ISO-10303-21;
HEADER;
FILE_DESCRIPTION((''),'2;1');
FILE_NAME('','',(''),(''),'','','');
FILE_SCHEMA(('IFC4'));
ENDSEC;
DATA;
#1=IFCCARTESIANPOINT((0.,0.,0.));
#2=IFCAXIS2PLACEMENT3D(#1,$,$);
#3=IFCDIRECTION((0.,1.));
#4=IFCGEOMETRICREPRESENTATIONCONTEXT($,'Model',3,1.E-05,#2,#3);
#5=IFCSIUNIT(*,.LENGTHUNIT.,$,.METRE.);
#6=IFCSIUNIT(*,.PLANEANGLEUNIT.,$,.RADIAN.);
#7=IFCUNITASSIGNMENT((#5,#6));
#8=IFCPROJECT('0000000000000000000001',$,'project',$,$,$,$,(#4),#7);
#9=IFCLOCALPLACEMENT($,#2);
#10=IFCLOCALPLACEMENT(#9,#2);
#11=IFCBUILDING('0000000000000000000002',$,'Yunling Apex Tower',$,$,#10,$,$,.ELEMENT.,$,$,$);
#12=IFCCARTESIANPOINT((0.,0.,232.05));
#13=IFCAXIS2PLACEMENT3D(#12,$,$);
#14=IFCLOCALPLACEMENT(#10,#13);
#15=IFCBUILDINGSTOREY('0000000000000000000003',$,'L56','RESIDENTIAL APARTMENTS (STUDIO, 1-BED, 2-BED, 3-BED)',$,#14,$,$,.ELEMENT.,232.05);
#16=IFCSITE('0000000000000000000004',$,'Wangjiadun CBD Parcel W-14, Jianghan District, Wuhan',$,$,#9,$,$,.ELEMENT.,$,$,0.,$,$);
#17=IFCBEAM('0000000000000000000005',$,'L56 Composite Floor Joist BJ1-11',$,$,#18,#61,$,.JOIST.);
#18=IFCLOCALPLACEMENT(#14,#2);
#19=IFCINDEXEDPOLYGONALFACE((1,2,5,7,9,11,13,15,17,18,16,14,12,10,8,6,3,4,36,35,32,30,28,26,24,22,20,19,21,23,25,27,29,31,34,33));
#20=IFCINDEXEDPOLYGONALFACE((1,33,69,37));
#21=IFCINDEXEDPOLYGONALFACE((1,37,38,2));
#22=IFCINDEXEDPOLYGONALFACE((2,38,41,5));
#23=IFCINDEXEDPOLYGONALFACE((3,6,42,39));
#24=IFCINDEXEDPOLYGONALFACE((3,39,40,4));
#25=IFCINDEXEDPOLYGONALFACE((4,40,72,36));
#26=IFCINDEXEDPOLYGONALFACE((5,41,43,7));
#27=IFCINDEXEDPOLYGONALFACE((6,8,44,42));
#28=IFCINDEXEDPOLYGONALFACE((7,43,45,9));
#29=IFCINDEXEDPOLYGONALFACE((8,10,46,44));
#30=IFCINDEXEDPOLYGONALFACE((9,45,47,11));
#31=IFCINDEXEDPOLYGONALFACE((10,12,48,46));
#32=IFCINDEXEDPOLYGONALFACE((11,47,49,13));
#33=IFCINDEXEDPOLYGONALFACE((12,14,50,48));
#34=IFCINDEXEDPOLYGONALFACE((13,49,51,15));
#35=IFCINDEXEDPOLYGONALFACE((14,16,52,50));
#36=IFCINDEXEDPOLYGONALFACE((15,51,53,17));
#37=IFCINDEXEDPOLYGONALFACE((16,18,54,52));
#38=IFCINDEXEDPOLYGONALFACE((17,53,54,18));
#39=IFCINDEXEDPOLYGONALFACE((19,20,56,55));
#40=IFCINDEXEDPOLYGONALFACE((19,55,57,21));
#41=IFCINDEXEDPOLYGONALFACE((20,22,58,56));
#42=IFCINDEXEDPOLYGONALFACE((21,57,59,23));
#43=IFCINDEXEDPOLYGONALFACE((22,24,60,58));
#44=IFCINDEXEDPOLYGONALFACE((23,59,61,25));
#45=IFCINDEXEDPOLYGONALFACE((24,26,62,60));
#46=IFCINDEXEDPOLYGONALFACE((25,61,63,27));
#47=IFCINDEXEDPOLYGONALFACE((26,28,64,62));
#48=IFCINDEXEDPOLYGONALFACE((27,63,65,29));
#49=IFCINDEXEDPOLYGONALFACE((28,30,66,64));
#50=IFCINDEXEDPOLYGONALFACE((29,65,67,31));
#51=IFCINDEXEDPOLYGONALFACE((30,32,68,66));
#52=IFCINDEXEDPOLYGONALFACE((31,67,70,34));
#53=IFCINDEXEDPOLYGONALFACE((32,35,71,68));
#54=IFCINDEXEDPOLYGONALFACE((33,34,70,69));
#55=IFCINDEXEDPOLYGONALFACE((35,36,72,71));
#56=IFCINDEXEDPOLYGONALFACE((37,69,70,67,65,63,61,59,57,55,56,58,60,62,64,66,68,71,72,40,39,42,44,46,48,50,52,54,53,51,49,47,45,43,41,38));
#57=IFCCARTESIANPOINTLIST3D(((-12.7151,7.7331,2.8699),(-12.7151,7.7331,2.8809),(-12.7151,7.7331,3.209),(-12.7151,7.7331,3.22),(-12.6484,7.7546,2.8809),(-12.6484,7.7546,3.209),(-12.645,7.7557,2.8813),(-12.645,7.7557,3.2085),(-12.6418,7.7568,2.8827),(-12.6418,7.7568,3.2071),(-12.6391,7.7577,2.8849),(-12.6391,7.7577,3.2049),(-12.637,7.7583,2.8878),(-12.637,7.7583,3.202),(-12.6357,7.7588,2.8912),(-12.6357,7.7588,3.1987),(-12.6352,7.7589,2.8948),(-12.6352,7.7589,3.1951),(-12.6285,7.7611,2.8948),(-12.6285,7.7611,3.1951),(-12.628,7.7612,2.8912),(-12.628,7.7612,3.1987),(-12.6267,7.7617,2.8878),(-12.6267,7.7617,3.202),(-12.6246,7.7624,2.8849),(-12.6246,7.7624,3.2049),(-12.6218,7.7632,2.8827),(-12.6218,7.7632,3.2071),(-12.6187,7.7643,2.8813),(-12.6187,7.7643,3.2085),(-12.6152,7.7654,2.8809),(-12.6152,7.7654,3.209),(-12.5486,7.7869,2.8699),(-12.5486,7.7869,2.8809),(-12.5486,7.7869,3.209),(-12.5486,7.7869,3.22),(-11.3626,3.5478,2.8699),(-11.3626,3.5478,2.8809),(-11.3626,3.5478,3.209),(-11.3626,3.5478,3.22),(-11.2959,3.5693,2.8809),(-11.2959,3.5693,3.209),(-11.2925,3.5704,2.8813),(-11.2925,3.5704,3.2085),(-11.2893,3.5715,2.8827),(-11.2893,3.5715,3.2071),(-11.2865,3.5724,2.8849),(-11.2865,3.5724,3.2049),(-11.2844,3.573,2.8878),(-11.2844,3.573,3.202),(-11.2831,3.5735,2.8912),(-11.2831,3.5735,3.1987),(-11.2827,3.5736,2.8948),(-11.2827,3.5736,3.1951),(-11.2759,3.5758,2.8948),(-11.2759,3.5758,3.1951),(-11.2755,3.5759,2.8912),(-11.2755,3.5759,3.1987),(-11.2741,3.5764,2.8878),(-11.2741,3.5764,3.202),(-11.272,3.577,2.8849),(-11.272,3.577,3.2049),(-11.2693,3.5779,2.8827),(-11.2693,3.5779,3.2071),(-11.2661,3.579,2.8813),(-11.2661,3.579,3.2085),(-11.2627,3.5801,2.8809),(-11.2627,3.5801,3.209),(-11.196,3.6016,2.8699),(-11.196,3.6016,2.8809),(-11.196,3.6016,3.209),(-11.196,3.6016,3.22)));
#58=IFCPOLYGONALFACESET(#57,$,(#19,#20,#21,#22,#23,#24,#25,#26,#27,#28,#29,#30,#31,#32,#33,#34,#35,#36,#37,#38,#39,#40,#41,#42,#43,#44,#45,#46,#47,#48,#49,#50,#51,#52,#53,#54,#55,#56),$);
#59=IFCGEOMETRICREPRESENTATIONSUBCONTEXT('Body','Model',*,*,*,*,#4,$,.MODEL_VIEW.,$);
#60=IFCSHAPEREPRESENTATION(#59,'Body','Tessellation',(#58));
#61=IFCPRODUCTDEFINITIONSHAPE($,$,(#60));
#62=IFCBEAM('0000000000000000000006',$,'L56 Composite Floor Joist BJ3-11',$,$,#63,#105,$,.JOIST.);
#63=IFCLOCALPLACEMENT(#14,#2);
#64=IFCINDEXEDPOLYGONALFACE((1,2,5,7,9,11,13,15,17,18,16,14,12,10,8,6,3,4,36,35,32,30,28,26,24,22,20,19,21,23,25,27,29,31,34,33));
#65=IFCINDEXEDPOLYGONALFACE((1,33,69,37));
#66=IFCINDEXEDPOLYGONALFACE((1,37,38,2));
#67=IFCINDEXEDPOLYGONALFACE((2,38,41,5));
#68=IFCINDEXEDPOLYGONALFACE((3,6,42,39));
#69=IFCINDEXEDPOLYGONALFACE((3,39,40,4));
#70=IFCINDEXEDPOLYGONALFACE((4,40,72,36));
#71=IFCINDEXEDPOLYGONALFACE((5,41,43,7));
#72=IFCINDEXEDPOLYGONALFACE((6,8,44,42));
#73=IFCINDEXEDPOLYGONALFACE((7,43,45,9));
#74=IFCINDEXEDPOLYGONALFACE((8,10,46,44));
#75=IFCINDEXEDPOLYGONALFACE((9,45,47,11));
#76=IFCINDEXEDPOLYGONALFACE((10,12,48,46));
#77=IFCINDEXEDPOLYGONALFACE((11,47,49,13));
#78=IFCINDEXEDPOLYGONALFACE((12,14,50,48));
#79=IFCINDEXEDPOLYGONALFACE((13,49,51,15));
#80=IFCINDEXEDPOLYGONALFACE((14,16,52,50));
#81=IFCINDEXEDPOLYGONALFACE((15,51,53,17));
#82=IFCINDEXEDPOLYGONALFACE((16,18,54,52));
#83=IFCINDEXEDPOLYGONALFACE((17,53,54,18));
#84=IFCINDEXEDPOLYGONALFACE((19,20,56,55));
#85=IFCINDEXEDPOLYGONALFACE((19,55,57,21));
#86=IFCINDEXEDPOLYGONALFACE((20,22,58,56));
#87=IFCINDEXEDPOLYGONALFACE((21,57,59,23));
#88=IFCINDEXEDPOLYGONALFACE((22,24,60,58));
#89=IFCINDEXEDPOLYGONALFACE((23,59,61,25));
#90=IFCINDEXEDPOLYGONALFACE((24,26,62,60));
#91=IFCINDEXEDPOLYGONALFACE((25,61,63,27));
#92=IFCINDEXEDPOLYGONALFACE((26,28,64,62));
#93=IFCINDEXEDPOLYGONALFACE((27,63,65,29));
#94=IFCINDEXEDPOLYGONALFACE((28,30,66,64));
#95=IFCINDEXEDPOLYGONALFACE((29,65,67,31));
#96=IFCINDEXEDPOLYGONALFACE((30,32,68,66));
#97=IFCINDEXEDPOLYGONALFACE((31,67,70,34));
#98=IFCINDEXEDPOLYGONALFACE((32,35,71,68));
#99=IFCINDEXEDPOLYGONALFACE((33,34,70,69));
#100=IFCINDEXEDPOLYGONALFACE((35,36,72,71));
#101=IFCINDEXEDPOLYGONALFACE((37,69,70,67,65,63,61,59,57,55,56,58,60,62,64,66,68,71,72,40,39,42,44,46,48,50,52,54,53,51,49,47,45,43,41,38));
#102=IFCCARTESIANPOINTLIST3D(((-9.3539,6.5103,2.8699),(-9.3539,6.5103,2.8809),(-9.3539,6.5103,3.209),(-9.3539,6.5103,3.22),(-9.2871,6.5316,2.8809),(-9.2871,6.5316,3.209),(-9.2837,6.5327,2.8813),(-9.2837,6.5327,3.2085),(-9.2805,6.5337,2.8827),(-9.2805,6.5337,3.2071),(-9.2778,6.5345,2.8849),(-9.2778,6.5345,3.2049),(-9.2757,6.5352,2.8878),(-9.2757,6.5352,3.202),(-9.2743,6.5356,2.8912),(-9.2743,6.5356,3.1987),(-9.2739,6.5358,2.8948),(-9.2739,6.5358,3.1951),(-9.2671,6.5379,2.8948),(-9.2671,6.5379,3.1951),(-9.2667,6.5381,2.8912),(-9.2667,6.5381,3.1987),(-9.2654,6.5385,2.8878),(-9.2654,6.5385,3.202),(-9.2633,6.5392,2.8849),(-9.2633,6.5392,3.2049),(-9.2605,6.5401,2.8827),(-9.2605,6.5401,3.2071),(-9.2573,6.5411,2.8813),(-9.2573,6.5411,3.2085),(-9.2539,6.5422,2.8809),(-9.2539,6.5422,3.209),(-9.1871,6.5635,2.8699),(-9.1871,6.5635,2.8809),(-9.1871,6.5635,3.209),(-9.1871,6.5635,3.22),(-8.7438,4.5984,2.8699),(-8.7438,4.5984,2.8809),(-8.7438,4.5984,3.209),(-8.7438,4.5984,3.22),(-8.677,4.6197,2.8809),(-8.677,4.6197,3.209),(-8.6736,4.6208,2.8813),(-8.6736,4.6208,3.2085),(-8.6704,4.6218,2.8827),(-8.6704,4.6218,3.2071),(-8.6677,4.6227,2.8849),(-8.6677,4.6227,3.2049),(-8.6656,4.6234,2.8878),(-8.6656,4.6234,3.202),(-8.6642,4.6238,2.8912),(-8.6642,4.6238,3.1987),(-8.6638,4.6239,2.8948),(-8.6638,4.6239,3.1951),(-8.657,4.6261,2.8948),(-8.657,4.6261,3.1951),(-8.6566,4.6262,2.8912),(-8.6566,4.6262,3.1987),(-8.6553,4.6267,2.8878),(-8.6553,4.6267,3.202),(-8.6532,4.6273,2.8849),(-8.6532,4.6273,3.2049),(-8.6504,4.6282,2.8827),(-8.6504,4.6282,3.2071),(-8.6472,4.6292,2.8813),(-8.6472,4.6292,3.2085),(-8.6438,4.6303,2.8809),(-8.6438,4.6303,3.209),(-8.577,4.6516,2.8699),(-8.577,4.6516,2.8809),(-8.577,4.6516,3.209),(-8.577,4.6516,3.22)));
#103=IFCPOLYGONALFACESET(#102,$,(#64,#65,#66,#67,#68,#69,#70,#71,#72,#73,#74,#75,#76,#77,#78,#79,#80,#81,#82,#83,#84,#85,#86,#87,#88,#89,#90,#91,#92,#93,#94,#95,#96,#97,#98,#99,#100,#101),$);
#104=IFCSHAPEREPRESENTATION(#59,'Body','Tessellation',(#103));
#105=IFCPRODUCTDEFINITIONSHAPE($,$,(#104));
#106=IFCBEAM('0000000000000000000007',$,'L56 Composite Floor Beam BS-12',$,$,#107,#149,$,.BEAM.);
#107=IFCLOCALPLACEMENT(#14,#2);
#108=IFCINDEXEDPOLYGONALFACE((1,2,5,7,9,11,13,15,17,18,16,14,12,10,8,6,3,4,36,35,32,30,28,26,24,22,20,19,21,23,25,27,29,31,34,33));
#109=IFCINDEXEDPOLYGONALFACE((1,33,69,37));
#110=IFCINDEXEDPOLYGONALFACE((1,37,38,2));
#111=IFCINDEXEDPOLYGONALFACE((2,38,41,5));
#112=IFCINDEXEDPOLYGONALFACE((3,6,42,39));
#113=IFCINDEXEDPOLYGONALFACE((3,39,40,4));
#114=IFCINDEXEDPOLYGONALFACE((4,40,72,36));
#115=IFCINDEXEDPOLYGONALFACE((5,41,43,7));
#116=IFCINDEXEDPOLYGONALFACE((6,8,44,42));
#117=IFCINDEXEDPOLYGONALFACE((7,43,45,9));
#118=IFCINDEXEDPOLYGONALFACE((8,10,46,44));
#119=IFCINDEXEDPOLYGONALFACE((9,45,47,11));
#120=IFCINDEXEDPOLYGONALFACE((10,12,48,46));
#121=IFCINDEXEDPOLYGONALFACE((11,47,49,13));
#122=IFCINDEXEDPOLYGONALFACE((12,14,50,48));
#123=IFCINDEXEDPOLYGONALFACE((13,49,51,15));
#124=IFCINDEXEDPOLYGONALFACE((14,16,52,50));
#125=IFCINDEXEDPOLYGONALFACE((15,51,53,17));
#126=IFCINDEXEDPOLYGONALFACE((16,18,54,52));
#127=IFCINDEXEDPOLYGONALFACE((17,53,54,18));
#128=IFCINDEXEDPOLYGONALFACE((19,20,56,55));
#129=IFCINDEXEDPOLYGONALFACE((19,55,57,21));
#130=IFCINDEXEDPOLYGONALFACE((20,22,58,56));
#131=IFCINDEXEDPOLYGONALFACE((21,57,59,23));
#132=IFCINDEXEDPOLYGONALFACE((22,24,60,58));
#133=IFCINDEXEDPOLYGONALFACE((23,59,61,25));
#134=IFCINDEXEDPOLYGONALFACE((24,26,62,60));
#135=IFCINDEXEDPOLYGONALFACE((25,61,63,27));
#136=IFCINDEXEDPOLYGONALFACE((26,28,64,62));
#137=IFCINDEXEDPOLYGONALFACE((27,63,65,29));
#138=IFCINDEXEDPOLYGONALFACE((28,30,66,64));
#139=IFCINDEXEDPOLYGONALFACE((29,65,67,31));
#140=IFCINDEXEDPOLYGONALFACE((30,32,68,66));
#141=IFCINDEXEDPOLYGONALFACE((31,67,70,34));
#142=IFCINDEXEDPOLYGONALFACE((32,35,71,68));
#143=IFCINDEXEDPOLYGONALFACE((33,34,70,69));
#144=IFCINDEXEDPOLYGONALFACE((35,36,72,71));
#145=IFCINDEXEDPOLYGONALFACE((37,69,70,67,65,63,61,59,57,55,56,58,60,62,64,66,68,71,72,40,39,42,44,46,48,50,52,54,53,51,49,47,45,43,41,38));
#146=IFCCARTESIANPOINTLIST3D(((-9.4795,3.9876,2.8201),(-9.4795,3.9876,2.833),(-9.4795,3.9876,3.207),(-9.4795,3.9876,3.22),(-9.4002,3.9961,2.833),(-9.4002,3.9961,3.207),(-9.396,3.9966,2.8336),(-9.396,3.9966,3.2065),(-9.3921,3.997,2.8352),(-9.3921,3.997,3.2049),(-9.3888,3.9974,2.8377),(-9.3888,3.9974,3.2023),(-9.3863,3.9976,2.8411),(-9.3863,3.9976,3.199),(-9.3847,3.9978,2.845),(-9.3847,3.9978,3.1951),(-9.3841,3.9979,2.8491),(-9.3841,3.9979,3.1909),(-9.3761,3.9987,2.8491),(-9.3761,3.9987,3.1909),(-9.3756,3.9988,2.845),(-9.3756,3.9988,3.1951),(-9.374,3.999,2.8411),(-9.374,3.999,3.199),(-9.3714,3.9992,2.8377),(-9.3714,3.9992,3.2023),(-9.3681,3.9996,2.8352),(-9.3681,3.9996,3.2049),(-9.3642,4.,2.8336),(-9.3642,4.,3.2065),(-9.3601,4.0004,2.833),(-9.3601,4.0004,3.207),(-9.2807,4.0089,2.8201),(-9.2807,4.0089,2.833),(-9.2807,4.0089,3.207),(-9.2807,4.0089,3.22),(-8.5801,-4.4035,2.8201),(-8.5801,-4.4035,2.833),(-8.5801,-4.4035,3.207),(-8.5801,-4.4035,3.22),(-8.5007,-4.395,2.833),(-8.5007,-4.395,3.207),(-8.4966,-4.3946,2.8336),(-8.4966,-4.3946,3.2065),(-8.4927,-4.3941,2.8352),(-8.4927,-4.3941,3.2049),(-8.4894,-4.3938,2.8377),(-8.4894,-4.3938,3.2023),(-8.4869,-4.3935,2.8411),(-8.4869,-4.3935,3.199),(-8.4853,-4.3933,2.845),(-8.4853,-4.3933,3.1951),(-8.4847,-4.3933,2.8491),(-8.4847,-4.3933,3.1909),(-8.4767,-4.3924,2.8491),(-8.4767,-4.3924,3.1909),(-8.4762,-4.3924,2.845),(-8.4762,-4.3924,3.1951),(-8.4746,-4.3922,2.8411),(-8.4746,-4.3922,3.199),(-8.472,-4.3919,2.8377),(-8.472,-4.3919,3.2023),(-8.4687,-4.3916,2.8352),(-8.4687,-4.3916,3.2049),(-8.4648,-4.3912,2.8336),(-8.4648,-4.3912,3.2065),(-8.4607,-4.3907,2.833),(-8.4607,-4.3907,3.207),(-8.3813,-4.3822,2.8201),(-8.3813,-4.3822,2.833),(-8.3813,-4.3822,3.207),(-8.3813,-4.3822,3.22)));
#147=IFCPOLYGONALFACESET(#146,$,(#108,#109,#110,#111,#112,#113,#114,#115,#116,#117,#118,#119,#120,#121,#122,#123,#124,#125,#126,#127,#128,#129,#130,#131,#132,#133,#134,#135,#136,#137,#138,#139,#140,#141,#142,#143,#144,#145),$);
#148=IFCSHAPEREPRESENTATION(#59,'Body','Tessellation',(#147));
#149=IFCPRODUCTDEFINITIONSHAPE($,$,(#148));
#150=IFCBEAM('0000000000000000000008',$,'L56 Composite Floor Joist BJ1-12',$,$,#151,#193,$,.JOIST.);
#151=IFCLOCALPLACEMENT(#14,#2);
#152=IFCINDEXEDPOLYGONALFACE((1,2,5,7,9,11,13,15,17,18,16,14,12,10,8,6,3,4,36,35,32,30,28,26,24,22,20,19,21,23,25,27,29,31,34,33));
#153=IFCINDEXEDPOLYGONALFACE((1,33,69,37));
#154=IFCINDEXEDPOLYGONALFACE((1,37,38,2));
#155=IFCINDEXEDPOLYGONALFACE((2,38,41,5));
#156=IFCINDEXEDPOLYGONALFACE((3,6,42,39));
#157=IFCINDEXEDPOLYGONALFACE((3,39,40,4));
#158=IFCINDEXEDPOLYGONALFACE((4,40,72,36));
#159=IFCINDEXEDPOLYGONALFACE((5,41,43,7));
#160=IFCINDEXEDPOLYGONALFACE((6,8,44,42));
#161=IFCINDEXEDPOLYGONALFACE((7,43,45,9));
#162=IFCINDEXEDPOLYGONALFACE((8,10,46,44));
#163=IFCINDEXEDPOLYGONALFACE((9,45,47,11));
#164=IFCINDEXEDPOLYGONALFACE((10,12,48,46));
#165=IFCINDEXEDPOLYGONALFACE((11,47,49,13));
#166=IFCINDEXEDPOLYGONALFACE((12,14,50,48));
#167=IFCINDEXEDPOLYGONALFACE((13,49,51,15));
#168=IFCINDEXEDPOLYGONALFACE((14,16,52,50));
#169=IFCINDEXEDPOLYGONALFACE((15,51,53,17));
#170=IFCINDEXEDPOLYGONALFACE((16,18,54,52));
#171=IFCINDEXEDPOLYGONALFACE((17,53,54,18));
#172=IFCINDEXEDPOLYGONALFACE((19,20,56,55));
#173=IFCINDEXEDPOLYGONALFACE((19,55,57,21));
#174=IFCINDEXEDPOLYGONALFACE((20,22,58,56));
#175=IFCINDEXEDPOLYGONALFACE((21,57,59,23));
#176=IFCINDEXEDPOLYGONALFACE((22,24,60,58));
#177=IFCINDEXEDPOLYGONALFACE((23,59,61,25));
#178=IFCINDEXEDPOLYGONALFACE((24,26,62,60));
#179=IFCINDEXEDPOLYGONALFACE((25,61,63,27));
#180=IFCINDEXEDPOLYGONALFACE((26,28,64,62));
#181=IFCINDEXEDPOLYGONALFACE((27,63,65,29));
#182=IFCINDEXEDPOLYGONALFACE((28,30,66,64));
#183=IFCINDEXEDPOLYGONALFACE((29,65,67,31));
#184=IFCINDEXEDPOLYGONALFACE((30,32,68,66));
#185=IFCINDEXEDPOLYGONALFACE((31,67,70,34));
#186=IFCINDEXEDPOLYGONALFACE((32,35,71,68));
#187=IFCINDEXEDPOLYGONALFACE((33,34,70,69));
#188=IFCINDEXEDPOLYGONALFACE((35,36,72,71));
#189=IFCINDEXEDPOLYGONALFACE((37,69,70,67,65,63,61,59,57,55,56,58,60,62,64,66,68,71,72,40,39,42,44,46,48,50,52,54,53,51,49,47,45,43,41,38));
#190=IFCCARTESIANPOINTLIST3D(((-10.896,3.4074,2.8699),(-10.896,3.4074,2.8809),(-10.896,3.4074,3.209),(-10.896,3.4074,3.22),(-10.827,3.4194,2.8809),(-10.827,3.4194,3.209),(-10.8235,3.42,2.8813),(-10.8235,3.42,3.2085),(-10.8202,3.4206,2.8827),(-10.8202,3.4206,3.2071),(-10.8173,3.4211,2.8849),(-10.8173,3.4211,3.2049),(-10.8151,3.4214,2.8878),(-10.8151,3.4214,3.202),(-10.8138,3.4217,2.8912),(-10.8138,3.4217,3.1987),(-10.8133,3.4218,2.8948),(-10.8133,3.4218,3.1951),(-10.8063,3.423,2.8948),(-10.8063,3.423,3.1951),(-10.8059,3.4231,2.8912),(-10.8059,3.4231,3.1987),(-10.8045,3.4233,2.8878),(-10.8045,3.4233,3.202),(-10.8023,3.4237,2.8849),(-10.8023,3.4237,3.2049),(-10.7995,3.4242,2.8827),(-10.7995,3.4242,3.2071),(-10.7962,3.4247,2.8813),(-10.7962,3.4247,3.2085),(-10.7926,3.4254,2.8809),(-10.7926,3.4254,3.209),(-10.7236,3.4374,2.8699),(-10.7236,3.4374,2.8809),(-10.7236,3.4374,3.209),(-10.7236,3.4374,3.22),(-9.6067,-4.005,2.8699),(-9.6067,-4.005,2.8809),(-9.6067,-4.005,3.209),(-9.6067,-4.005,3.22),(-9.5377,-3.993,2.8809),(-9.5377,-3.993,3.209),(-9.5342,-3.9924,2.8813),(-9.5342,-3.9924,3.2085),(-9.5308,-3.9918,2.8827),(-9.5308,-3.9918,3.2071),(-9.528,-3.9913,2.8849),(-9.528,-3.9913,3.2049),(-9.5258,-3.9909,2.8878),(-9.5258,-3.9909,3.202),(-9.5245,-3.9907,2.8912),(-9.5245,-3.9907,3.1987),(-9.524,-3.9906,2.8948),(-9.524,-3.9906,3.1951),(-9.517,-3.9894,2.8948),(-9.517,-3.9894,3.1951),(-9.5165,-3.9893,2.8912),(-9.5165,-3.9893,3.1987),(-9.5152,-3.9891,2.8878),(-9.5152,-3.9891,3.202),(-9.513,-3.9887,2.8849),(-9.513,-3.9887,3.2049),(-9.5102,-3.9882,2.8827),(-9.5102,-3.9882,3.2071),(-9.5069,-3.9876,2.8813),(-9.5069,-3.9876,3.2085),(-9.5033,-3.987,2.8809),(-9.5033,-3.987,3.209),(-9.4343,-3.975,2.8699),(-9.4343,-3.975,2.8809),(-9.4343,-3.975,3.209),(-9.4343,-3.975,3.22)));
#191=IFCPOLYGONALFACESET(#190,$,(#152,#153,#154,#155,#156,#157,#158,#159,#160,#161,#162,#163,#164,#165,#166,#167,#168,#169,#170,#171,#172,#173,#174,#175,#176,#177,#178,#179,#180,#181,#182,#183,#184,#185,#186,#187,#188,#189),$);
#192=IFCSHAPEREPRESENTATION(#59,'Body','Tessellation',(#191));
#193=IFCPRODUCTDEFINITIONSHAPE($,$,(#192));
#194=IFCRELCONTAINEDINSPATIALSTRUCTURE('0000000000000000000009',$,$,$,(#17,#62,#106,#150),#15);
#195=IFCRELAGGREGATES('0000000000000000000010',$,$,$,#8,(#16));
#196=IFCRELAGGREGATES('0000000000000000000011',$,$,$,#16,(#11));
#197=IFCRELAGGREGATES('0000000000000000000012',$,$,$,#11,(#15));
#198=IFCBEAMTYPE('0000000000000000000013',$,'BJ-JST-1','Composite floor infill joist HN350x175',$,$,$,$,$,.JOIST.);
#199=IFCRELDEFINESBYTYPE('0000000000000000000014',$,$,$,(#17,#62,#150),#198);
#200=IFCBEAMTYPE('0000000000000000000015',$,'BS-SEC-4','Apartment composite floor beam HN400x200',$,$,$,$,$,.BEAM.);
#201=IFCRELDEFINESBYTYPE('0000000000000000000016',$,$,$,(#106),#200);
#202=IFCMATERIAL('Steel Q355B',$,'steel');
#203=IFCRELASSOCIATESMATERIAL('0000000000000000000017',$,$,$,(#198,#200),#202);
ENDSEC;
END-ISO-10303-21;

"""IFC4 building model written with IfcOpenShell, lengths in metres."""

from ifc_helpers import new_model, si_unit, direction, frame, origin, origin_2d, place, context, subcontext, project, spatial, i_section, extrude, source, transform, mapped, material, material_profile, profile_set, type_object, element, save


model = new_model("IFC4")

# Units and contexts
model_context = context("Model", 3, precision=1e-05, world=origin(), true_north=direction((0.0, 1.0)))
body_context = subcontext(model_context, "Body", "Model", "MODEL_VIEW")
ifc_project = project(units=[si_unit("LENGTHUNIT", "METRE"), si_unit("PLANEANGLEUNIT", "RADIAN")], contexts=[model_context])

# Site, building, storey
site_placement = place(None, origin())
site = spatial("IfcSite", under=ifc_project, at=site_placement, Name="Wangjiadun CBD Parcel W-14, Jianghan District, Wuhan", CompositionType="ELEMENT", RefElevation=0.0)
building_placement = place(site_placement, origin())
building = spatial("IfcBuilding", under=site, at=building_placement, Name="Yunling Apex Tower", CompositionType="ELEMENT")
storey_placement = place(building_placement, frame((0.0, 0.0, 232.05)))
storey = spatial("IfcBuildingStorey", under=building, at=storey_placement, Name="L56", Description="RESIDENTIAL APARTMENTS (STUDIO, 1-BED, 2-BED, 3-BED)", CompositionType="ELEMENT", Elevation=232.05)

# Beams
ifc_material_1 = material(Name="Steel Q355B", Category="steel")
ifc_material_profile_1 = material_profile(ifc_material_1, i_section(OverallWidth=0.175, OverallDepth=0.3501, WebThickness=0.0071, FlangeThickness=0.011, FilletRadius=0.0139, at=origin_2d()))
ifc_profile_set_1 = profile_set([ifc_material_profile_1], Name="Steel Q355B")
beam_type_1 = type_object("IfcBeamType", Name="BJ-JST-1", Description="Composite floor infill joist HN350x175", PredefinedType="JOIST", material=ifc_profile_set_1)
ifc_material_profile_2 = material_profile(ifc_material_1, i_section(OverallWidth=0.2, OverallDepth=0.3999, WebThickness=0.0081, FlangeThickness=0.0129, FilletRadius=0.0161, at=origin_2d()))
ifc_profile_set_2 = profile_set([ifc_material_profile_2], Name="Steel Q355B")
beam_type_2 = type_object("IfcBeamType", Name="BS-SEC-4", Description="Apartment composite floor beam HN400x200", PredefinedType="BEAM", material=ifc_profile_set_2)
shared_shape_1 = source(origin(), body_context, "Body", "SweptSolid", [
    extrude(i_section(OverallWidth=0.175, OverallDepth=0.3501, WebThickness=0.0071, FlangeThickness=0.011, FilletRadius=0.0139, at=origin_2d()), origin(), (0.0, 0.0, 1.0), 4.3984),
])
beam_1_placement = place(storey_placement, frame((-12.6318, 7.76, 3.0449), z_axis=(0.307505, -0.951546, 0.0), x_axis=(0.951546, 0.307505, 0.0)))
element("IfcBeam", 1, at=beam_1_placement, inside=storey, type_object=beam_type_1, Name="L56 Composite Floor Joist BJ1-11", PredefinedType="JOIST", context=body_context, shape_type="MappedRepresentation", body=[
    mapped(shared_shape_1, transform((0.0, 0.0, 0.0), scale=1.0)),
])
shared_shape_2 = source(origin(), body_context, "Body", "SweptSolid", [
    extrude(i_section(OverallWidth=0.175, OverallDepth=0.3501, WebThickness=0.0071, FlangeThickness=0.011, FilletRadius=0.0139, at=origin_2d()), origin(), (0.0, 0.0, 1.0), 2.0068),
])
beam_2_placement = place(storey_placement, frame((-9.2705, 6.5369, 3.0449), z_axis=(0.304012, -0.952668, 0.0), x_axis=(0.952668, 0.304012, 0.0)))
element("IfcBeam", 2, at=beam_2_placement, inside=storey, type_object=beam_type_1, Name="L56 Composite Floor Joist BJ3-11", PredefinedType="JOIST", context=body_context, shape_type="MappedRepresentation", body=[
    mapped(shared_shape_2, transform((0.0, 0.0, 0.0), scale=1.0)),
])
shared_shape_3 = source(origin(), body_context, "Body", "SweptSolid", [
    extrude(i_section(OverallWidth=0.2, OverallDepth=0.3999, WebThickness=0.0081, FlangeThickness=0.0129, FilletRadius=0.0161, at=origin_2d()), origin(), (0.0, 0.0, 1.0), 8.4392),
])
beam_3_placement = place(storey_placement, frame((-9.3801, 3.9983, 3.02), z_axis=(0.106576, -0.994305, 0.0), x_axis=(0.994305, 0.106576, 0.0)))
element("IfcBeam", 3, at=beam_3_placement, inside=storey, type_object=beam_type_2, Name="L56 Composite Floor Beam BS-12", PredefinedType="BEAM", context=body_context, shape_type="MappedRepresentation", body=[
    mapped(shared_shape_3, transform((0.0, 0.0, 0.0), scale=1.0)),
])
shared_shape_4 = source(origin(), body_context, "Body", "SweptSolid", [
    extrude(i_section(OverallWidth=0.175, OverallDepth=0.3501, WebThickness=0.0071, FlangeThickness=0.011, FilletRadius=0.0139, at=origin_2d()), origin(), (0.0, 0.0, 1.0), 7.5237),
])
beam_4_placement = place(storey_placement, frame((-10.8098, 3.4224, 3.0449), z_axis=(0.171367, -0.985207, 0.0), x_axis=(0.985207, 0.171367, 0.0)))
element("IfcBeam", 4, at=beam_4_placement, inside=storey, type_object=beam_type_1, Name="L56 Composite Floor Joist BJ1-12", PredefinedType="JOIST", context=body_context, shape_type="MappedRepresentation", body=[
    mapped(shared_shape_4, transform((0.0, 0.0, 0.0), scale=1.0)),
])

save(model, "model.ifc")
